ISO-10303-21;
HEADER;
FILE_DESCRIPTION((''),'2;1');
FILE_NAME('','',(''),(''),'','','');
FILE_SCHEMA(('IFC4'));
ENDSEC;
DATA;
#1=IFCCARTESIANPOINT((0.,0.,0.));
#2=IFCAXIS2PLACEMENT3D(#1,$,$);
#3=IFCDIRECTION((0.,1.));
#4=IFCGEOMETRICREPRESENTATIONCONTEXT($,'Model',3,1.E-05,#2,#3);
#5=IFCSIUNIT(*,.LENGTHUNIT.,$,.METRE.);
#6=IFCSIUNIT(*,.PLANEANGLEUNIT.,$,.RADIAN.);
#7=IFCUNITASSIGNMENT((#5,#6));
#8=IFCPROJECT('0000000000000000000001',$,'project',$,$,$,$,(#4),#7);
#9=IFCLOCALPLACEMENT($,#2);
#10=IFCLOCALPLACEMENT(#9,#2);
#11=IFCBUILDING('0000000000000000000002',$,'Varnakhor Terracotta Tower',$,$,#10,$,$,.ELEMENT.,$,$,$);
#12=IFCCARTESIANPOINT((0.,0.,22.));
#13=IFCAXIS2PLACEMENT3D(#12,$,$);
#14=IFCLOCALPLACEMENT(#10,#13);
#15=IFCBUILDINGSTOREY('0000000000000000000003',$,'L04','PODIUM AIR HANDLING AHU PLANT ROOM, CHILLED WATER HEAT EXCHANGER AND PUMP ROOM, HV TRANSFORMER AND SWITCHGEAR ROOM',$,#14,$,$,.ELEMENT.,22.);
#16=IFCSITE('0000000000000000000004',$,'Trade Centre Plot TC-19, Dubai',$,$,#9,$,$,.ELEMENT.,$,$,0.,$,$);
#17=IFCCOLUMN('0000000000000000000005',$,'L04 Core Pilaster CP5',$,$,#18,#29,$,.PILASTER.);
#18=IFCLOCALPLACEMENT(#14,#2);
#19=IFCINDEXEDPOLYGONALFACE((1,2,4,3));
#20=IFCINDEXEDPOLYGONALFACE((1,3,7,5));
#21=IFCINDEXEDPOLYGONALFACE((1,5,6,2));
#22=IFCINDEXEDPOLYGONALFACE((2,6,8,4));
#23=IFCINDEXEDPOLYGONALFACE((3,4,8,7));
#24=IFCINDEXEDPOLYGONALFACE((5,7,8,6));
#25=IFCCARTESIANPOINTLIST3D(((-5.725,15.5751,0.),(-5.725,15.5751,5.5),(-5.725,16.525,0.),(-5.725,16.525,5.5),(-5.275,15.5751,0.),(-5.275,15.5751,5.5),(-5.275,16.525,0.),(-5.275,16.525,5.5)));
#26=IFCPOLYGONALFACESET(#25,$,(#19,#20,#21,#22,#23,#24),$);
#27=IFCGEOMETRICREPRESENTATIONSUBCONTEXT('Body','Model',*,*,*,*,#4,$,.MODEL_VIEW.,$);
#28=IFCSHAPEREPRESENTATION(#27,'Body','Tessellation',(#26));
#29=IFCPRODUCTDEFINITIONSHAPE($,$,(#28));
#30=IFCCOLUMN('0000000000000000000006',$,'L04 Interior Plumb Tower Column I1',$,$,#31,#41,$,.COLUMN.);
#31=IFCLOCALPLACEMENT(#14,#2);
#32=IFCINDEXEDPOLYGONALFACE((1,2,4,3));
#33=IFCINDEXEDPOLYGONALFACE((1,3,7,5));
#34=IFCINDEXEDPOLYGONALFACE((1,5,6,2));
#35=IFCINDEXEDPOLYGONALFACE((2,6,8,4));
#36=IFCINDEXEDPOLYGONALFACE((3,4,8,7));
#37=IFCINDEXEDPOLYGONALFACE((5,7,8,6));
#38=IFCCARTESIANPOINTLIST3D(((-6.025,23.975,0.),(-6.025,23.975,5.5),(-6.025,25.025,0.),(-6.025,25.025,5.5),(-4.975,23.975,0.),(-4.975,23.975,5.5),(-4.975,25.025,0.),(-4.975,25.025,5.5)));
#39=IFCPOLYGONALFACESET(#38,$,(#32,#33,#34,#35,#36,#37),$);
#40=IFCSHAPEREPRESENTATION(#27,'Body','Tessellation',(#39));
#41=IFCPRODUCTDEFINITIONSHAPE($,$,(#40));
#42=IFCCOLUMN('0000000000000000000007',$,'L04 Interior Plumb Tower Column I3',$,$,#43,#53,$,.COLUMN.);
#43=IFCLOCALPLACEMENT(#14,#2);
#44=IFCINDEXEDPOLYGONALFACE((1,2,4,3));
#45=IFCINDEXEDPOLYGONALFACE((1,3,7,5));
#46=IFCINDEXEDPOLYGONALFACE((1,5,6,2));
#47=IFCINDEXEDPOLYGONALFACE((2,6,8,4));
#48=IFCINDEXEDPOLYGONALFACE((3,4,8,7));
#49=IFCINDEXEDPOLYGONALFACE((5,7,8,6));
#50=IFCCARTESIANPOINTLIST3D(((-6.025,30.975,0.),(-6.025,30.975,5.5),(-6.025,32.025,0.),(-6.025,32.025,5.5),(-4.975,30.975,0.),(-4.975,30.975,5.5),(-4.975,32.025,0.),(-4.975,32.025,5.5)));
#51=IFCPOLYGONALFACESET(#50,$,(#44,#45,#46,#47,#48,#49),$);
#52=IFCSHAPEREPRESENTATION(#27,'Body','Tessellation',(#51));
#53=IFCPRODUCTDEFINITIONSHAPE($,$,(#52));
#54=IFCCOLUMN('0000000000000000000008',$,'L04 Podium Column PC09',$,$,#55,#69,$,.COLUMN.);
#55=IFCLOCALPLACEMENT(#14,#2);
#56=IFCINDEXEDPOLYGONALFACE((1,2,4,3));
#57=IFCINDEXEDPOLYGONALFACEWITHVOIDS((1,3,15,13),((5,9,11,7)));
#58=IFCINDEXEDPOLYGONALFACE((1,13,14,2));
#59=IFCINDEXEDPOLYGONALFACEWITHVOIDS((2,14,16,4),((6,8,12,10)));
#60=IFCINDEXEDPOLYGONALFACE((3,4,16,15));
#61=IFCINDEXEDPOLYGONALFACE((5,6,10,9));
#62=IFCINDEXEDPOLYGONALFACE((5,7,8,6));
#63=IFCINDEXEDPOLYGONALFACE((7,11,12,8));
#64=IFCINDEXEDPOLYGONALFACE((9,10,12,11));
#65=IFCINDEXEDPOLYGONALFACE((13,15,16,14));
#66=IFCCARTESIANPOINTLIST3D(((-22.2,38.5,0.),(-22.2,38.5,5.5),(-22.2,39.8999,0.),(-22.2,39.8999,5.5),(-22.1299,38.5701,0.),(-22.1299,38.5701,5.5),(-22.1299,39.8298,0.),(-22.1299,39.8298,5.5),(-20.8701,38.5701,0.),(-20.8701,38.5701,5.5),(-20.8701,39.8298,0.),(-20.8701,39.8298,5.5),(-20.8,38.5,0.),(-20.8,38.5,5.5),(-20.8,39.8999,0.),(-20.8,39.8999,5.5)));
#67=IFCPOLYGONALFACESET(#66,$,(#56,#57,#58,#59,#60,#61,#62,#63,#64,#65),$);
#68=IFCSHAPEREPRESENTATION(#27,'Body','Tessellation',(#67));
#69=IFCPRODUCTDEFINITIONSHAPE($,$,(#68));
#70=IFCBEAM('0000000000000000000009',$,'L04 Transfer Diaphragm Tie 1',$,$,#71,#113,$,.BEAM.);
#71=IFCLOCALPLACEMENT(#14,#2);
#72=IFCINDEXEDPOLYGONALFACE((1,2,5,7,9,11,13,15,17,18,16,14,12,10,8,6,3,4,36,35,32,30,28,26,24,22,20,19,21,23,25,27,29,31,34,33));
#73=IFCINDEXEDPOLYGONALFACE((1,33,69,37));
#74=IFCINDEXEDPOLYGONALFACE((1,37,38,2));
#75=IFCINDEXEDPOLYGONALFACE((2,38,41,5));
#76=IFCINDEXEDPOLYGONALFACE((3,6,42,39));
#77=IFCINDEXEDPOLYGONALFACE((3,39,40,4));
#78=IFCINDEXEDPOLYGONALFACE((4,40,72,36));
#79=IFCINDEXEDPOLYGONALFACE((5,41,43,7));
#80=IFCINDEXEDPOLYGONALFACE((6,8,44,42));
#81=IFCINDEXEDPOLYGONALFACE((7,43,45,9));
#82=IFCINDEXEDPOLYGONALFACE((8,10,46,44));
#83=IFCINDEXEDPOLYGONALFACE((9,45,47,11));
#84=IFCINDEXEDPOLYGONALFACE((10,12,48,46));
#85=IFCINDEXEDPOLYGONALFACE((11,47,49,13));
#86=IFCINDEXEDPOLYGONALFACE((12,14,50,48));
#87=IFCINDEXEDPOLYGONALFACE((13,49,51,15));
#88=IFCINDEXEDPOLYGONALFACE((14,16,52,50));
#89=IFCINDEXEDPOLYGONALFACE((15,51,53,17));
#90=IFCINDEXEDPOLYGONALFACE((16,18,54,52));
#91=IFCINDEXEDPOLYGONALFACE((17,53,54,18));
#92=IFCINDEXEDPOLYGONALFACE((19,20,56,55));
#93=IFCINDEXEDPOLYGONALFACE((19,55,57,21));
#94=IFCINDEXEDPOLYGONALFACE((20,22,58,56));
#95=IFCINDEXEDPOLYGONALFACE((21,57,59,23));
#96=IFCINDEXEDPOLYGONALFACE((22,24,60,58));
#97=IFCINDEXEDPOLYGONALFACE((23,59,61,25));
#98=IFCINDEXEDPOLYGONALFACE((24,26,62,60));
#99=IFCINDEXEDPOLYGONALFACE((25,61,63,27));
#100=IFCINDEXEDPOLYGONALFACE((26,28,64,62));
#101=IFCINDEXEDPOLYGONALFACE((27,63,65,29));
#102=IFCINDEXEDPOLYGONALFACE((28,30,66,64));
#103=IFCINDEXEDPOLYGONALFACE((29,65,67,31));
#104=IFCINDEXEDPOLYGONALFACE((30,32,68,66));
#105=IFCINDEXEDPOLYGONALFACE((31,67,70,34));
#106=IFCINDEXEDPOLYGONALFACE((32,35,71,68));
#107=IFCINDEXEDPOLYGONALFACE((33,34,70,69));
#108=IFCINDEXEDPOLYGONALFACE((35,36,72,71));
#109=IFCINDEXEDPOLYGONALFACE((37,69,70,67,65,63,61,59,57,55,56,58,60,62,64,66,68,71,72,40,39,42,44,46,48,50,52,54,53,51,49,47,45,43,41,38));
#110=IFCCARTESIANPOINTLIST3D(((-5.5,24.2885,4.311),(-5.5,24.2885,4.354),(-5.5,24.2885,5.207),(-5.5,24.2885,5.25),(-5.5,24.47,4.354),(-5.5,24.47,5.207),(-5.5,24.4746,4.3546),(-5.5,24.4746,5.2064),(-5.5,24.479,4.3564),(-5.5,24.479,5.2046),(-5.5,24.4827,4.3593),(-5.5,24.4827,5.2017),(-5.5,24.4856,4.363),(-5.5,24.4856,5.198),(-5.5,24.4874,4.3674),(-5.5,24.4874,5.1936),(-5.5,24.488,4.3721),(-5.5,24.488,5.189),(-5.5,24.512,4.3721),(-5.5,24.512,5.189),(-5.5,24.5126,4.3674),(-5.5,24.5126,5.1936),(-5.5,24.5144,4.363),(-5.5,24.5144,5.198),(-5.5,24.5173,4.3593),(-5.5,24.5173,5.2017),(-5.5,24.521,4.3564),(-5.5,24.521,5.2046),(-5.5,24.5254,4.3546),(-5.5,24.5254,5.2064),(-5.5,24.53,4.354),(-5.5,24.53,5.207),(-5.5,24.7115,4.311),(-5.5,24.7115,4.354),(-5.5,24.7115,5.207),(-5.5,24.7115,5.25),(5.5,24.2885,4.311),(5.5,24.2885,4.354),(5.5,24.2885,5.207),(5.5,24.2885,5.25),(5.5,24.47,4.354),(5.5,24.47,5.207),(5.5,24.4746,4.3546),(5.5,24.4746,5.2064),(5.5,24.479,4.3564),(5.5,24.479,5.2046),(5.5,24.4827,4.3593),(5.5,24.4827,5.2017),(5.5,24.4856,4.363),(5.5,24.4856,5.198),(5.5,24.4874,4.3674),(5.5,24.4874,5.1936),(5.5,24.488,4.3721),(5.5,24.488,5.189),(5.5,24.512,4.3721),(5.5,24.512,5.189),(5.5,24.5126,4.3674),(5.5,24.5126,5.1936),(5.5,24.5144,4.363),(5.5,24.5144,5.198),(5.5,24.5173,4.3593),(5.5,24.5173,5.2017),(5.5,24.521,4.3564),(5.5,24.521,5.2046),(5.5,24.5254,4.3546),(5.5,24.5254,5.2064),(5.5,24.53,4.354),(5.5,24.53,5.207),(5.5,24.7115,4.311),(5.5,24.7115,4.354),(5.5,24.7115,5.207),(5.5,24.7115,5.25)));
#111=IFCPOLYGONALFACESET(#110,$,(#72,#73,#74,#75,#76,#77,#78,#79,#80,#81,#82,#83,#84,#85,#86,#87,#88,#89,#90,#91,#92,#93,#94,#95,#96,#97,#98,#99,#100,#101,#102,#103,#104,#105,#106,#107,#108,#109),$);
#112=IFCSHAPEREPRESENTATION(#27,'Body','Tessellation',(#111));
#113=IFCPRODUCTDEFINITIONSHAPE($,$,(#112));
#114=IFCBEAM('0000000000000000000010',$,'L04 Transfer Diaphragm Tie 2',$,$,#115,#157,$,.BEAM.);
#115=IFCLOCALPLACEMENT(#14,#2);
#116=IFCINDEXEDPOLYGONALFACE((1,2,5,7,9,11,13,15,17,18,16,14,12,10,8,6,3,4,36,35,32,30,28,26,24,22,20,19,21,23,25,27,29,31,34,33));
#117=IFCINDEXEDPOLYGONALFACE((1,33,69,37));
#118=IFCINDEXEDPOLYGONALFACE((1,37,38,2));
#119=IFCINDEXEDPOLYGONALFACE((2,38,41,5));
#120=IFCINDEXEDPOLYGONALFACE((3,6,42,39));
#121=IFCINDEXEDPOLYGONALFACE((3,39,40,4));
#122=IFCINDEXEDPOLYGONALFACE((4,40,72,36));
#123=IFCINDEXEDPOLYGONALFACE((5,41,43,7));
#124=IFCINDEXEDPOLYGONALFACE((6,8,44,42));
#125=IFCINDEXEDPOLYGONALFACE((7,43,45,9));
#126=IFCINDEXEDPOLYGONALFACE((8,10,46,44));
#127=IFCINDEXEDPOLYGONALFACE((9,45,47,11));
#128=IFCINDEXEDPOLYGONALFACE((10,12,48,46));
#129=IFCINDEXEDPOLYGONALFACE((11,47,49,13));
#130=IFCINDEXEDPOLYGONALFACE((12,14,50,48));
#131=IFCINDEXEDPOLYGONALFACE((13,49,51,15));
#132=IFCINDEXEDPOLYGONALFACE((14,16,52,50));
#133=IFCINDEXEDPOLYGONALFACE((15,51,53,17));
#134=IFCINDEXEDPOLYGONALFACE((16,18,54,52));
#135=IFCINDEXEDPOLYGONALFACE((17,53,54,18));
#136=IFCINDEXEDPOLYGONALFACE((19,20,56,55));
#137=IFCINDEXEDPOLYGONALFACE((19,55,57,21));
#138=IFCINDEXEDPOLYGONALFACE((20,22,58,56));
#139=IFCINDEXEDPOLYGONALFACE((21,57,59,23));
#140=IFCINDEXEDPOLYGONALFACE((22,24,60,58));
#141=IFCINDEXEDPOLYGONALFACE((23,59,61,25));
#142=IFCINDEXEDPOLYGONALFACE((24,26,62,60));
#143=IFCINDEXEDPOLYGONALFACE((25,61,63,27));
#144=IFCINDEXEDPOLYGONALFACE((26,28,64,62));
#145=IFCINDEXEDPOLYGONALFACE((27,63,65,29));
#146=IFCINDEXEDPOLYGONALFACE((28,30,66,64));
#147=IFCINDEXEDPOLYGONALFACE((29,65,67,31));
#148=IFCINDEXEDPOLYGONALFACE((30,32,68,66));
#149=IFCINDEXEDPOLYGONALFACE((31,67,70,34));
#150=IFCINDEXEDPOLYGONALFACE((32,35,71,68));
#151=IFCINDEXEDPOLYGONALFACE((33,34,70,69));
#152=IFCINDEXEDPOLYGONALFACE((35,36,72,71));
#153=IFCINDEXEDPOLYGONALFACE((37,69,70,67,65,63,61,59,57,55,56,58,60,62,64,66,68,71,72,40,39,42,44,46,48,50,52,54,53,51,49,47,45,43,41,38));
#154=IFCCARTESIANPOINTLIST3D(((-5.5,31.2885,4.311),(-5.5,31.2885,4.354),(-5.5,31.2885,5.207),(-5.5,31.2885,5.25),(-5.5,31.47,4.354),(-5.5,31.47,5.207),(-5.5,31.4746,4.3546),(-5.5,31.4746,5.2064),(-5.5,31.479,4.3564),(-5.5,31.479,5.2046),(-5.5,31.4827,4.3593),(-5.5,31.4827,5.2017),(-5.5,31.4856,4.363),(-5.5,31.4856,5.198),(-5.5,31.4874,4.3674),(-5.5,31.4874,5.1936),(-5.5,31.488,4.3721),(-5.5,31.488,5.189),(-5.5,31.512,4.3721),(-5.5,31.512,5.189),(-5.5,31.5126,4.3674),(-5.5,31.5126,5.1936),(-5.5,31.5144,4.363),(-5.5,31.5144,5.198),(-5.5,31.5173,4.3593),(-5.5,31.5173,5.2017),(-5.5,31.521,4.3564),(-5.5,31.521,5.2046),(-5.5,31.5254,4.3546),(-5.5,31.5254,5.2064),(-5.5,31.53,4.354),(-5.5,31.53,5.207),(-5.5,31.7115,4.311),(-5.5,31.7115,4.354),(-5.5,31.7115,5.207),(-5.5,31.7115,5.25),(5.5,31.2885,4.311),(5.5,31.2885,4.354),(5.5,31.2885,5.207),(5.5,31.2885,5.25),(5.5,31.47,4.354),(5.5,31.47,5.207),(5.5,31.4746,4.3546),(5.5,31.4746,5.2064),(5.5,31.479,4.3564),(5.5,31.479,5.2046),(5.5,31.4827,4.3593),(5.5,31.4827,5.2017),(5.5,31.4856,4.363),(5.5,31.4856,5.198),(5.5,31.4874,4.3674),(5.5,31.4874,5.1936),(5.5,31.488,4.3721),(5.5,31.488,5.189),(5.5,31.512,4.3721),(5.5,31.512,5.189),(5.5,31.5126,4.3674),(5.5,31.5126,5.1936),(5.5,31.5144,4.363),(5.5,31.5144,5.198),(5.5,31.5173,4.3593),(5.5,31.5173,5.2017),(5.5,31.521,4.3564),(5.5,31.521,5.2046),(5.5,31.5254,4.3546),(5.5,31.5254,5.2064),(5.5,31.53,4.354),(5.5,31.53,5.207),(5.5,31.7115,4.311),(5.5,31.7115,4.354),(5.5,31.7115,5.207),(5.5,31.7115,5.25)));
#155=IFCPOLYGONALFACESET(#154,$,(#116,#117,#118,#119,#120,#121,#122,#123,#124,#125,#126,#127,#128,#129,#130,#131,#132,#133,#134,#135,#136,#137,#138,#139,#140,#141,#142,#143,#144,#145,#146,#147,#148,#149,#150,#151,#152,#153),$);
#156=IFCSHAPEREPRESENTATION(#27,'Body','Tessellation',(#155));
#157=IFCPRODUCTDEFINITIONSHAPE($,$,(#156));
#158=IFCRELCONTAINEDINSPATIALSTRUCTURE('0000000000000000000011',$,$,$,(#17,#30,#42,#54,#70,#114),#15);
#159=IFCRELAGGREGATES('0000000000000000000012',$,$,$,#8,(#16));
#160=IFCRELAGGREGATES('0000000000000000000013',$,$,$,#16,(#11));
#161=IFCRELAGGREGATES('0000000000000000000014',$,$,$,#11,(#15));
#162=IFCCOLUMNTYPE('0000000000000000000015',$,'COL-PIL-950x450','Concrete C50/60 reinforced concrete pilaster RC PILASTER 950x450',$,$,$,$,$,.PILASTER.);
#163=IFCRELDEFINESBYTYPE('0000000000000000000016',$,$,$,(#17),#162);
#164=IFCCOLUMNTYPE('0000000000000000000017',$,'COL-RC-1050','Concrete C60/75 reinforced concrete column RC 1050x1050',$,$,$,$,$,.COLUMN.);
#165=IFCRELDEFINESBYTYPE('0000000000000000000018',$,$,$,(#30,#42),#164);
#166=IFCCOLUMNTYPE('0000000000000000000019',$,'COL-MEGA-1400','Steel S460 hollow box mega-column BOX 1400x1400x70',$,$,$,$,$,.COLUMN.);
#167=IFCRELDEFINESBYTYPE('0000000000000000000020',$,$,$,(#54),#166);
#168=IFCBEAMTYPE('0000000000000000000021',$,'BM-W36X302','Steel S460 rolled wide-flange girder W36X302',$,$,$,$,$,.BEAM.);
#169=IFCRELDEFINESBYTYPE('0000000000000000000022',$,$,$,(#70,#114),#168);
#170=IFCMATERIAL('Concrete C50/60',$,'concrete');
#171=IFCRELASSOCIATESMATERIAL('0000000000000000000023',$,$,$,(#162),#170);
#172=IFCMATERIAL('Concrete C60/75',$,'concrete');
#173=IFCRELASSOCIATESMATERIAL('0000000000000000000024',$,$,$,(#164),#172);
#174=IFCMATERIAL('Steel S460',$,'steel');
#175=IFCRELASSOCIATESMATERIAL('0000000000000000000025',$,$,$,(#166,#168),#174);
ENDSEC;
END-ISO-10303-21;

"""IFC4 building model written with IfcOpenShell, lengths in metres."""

from ifc_helpers import new_model, si_unit, direction, frame, origin, origin_2d, place, context, subcontext, project, spatial, rectangle, hollow_rectangle, i_section, extrude, source, transform, mapped, material, material_profile, profile_set, type_object, type_shapes, element, save


model = new_model("IFC4")

# Units and contexts
model_context = context("Model", 3, precision=1e-05, world=origin(), true_north=direction((0.0, 1.0)))
body_context = subcontext(model_context, "Body", "Model", "MODEL_VIEW")
ifc_project = project(units=[si_unit("LENGTHUNIT", "METRE"), si_unit("PLANEANGLEUNIT", "RADIAN")], contexts=[model_context])

# Site, building, storey
site_placement = place(None, origin())
site = spatial("IfcSite", under=ifc_project, at=site_placement, Name="Trade Centre Plot TC-19, Dubai", CompositionType="ELEMENT", RefElevation=0.0)
building_placement = place(site_placement, origin())
building = spatial("IfcBuilding", under=site, at=building_placement, Name="Varnakhor Terracotta Tower", CompositionType="ELEMENT")
storey_placement = place(building_placement, frame((0.0, 0.0, 22.0)))
storey = spatial("IfcBuildingStorey", under=building, at=storey_placement, Name="L04", Description="PODIUM AIR HANDLING AHU PLANT ROOM, CHILLED WATER HEAT EXCHANGER AND PUMP ROOM, HV TRANSFORMER AND SWITCHGEAR ROOM", CompositionType="ELEMENT", Elevation=22.0)

# Columns
ifc_material_1 = material(Name="Concrete C50/60", Category="concrete")
ifc_material_profile_1 = material_profile(ifc_material_1, rectangle(XDim=0.45, YDim=0.95, at=origin_2d()), Name="RC PILASTER 950x450")
ifc_profile_set_1 = profile_set([ifc_material_profile_1], Name="Concrete C50/60")
column_type_1 = type_object("IfcColumnType", Name="COL-PIL-950x450", Description="Concrete C50/60 reinforced concrete pilaster RC PILASTER 950x450", PredefinedType="PILASTER", material=ifc_profile_set_1)
shared_shape_1 = source(origin(), body_context, "Body", "SweptSolid", [
    extrude(rectangle(XDim=0.45, YDim=0.95, at=origin_2d()), origin(), (0.0, 0.0, 1.0), 5.5),
])
column_1_placement = place(storey_placement, frame((-5.5, 16.05, 0.0), z_axis=(0.0, 0.0, 1.0), x_axis=(1.0, 0.0, 0.0)))
element("IfcColumn", 1, at=column_1_placement, inside=storey, type_object=column_type_1, Name="L04 Core Pilaster CP5", PredefinedType="PILASTER", context=body_context, shape_type="MappedRepresentation", body=[
    mapped(shared_shape_1, transform((0.0, 0.0, 0.0), scale=1.0)),
])
ifc_material_2 = material(Name="Concrete C60/75", Category="concrete")
ifc_material_profile_2 = material_profile(ifc_material_2, rectangle(XDim=1.05, YDim=1.05, at=origin_2d()), Name="RC 1050x1050")
ifc_profile_set_2 = profile_set([ifc_material_profile_2], Name="Concrete C60/75")
column_type_2 = type_object("IfcColumnType", Name="COL-RC-1050", Description="Concrete C60/75 reinforced concrete column RC 1050x1050", PredefinedType="COLUMN", material=ifc_profile_set_2)
shared_shape_2 = source(origin(), body_context, "Body", "SweptSolid", [
    extrude(rectangle(XDim=1.05, YDim=1.05, at=origin_2d()), origin(), (0.0, 0.0, 1.0), 5.5),
])
type_shapes(column_type_2, [shared_shape_2])
for number, where, z_axis, x_axis, name in (
    (2, (-5.5, 24.5, 0.0), (0.0, 0.0, 1.0), (1.0, 0.0, 0.0), "L04 Interior Plumb Tower Column I1"),
    (3, (-5.5, 31.5, 0.0), (0.0, 0.0, 1.0), (1.0, 0.0, 0.0), "L04 Interior Plumb Tower Column I3"),
):
    element("IfcColumn", number, at=place(storey_placement, frame(where, z_axis=z_axis, x_axis=x_axis)), inside=storey, type_object=column_type_2, Name=name, PredefinedType="COLUMN", context=body_context, shape_type="MappedRepresentation", body=[
        mapped(shared_shape_2, transform((0.0, 0.0, 0.0), scale=1.0)),
    ])
ifc_material_3 = material(Name="Steel S460", Category="steel")
ifc_material_profile_3 = material_profile(ifc_material_3, hollow_rectangle(XDim=1.3999, YDim=1.3999, WallThickness=0.0701, at=origin_2d()), Name="BOX 1400x1400x70")
ifc_profile_set_3 = profile_set([ifc_material_profile_3], Name="Steel S460")
column_type_3 = type_object("IfcColumnType", Name="COL-MEGA-1400", Description="Steel S460 hollow box mega-column BOX 1400x1400x70", PredefinedType="COLUMN", material=ifc_profile_set_3)
shared_shape_3 = source(origin(), body_context, "Body", "SweptSolid", [
    extrude(hollow_rectangle(XDim=1.3999, YDim=1.3999, WallThickness=0.0701, at=origin_2d()), origin(), (0.0, 0.0, 1.0), 5.5),
])
column_2_placement = place(storey_placement, frame((-21.5, 39.2, 0.0), z_axis=(0.0, 0.0, 1.0), x_axis=(1.0, 0.0, 0.0)))
element("IfcColumn", 4, at=column_2_placement, inside=storey, type_object=column_type_3, Name="L04 Podium Column PC09", PredefinedType="COLUMN", context=body_context, shape_type="MappedRepresentation", body=[
    mapped(shared_shape_3, transform((0.0, 0.0, 0.0), scale=1.0)),
])

# Beams
ifc_material_profile_4 = material_profile(ifc_material_3, i_section(OverallWidth=0.4231, OverallDepth=0.939, WebThickness=0.0239, FlangeThickness=0.043, FilletRadius=0.0181, at=origin_2d()), Name="W36X302")
ifc_profile_set_4 = profile_set([ifc_material_profile_4], Name="Steel S460")
beam_type = type_object("IfcBeamType", Name="BM-W36X302", Description="Steel S460 rolled wide-flange girder W36X302", PredefinedType="BEAM", material=ifc_profile_set_4)
shared_shape_4 = source(origin(), body_context, "Body", "SweptSolid", [
    extrude(i_section(OverallWidth=0.4231, OverallDepth=0.939, WebThickness=0.0239, FlangeThickness=0.043, FilletRadius=0.0181, at=origin_2d()), origin(), (0.0, 0.0, 1.0), 11.0),
])
type_shapes(beam_type, [shared_shape_4])
for number, where, z_axis, x_axis, name in (
    (5, (-5.5, 24.5, 4.7805), (1.0, 0.0, 0.0), (0.0, 1.0, 0.0), "L04 Transfer Diaphragm Tie 1"),
    (6, (-5.5, 31.5, 4.7805), (1.0, 0.0, 0.0), (0.0, 1.0, 0.0), "L04 Transfer Diaphragm Tie 2"),
):
    element("IfcBeam", number, at=place(storey_placement, frame(where, z_axis=z_axis, x_axis=x_axis)), inside=storey, type_object=beam_type, Name=name, PredefinedType="BEAM", context=body_context, shape_type="MappedRepresentation", body=[
        mapped(shared_shape_4, transform((0.0, 0.0, 0.0), scale=1.0)),
    ])

save(model, "model.ifc")
